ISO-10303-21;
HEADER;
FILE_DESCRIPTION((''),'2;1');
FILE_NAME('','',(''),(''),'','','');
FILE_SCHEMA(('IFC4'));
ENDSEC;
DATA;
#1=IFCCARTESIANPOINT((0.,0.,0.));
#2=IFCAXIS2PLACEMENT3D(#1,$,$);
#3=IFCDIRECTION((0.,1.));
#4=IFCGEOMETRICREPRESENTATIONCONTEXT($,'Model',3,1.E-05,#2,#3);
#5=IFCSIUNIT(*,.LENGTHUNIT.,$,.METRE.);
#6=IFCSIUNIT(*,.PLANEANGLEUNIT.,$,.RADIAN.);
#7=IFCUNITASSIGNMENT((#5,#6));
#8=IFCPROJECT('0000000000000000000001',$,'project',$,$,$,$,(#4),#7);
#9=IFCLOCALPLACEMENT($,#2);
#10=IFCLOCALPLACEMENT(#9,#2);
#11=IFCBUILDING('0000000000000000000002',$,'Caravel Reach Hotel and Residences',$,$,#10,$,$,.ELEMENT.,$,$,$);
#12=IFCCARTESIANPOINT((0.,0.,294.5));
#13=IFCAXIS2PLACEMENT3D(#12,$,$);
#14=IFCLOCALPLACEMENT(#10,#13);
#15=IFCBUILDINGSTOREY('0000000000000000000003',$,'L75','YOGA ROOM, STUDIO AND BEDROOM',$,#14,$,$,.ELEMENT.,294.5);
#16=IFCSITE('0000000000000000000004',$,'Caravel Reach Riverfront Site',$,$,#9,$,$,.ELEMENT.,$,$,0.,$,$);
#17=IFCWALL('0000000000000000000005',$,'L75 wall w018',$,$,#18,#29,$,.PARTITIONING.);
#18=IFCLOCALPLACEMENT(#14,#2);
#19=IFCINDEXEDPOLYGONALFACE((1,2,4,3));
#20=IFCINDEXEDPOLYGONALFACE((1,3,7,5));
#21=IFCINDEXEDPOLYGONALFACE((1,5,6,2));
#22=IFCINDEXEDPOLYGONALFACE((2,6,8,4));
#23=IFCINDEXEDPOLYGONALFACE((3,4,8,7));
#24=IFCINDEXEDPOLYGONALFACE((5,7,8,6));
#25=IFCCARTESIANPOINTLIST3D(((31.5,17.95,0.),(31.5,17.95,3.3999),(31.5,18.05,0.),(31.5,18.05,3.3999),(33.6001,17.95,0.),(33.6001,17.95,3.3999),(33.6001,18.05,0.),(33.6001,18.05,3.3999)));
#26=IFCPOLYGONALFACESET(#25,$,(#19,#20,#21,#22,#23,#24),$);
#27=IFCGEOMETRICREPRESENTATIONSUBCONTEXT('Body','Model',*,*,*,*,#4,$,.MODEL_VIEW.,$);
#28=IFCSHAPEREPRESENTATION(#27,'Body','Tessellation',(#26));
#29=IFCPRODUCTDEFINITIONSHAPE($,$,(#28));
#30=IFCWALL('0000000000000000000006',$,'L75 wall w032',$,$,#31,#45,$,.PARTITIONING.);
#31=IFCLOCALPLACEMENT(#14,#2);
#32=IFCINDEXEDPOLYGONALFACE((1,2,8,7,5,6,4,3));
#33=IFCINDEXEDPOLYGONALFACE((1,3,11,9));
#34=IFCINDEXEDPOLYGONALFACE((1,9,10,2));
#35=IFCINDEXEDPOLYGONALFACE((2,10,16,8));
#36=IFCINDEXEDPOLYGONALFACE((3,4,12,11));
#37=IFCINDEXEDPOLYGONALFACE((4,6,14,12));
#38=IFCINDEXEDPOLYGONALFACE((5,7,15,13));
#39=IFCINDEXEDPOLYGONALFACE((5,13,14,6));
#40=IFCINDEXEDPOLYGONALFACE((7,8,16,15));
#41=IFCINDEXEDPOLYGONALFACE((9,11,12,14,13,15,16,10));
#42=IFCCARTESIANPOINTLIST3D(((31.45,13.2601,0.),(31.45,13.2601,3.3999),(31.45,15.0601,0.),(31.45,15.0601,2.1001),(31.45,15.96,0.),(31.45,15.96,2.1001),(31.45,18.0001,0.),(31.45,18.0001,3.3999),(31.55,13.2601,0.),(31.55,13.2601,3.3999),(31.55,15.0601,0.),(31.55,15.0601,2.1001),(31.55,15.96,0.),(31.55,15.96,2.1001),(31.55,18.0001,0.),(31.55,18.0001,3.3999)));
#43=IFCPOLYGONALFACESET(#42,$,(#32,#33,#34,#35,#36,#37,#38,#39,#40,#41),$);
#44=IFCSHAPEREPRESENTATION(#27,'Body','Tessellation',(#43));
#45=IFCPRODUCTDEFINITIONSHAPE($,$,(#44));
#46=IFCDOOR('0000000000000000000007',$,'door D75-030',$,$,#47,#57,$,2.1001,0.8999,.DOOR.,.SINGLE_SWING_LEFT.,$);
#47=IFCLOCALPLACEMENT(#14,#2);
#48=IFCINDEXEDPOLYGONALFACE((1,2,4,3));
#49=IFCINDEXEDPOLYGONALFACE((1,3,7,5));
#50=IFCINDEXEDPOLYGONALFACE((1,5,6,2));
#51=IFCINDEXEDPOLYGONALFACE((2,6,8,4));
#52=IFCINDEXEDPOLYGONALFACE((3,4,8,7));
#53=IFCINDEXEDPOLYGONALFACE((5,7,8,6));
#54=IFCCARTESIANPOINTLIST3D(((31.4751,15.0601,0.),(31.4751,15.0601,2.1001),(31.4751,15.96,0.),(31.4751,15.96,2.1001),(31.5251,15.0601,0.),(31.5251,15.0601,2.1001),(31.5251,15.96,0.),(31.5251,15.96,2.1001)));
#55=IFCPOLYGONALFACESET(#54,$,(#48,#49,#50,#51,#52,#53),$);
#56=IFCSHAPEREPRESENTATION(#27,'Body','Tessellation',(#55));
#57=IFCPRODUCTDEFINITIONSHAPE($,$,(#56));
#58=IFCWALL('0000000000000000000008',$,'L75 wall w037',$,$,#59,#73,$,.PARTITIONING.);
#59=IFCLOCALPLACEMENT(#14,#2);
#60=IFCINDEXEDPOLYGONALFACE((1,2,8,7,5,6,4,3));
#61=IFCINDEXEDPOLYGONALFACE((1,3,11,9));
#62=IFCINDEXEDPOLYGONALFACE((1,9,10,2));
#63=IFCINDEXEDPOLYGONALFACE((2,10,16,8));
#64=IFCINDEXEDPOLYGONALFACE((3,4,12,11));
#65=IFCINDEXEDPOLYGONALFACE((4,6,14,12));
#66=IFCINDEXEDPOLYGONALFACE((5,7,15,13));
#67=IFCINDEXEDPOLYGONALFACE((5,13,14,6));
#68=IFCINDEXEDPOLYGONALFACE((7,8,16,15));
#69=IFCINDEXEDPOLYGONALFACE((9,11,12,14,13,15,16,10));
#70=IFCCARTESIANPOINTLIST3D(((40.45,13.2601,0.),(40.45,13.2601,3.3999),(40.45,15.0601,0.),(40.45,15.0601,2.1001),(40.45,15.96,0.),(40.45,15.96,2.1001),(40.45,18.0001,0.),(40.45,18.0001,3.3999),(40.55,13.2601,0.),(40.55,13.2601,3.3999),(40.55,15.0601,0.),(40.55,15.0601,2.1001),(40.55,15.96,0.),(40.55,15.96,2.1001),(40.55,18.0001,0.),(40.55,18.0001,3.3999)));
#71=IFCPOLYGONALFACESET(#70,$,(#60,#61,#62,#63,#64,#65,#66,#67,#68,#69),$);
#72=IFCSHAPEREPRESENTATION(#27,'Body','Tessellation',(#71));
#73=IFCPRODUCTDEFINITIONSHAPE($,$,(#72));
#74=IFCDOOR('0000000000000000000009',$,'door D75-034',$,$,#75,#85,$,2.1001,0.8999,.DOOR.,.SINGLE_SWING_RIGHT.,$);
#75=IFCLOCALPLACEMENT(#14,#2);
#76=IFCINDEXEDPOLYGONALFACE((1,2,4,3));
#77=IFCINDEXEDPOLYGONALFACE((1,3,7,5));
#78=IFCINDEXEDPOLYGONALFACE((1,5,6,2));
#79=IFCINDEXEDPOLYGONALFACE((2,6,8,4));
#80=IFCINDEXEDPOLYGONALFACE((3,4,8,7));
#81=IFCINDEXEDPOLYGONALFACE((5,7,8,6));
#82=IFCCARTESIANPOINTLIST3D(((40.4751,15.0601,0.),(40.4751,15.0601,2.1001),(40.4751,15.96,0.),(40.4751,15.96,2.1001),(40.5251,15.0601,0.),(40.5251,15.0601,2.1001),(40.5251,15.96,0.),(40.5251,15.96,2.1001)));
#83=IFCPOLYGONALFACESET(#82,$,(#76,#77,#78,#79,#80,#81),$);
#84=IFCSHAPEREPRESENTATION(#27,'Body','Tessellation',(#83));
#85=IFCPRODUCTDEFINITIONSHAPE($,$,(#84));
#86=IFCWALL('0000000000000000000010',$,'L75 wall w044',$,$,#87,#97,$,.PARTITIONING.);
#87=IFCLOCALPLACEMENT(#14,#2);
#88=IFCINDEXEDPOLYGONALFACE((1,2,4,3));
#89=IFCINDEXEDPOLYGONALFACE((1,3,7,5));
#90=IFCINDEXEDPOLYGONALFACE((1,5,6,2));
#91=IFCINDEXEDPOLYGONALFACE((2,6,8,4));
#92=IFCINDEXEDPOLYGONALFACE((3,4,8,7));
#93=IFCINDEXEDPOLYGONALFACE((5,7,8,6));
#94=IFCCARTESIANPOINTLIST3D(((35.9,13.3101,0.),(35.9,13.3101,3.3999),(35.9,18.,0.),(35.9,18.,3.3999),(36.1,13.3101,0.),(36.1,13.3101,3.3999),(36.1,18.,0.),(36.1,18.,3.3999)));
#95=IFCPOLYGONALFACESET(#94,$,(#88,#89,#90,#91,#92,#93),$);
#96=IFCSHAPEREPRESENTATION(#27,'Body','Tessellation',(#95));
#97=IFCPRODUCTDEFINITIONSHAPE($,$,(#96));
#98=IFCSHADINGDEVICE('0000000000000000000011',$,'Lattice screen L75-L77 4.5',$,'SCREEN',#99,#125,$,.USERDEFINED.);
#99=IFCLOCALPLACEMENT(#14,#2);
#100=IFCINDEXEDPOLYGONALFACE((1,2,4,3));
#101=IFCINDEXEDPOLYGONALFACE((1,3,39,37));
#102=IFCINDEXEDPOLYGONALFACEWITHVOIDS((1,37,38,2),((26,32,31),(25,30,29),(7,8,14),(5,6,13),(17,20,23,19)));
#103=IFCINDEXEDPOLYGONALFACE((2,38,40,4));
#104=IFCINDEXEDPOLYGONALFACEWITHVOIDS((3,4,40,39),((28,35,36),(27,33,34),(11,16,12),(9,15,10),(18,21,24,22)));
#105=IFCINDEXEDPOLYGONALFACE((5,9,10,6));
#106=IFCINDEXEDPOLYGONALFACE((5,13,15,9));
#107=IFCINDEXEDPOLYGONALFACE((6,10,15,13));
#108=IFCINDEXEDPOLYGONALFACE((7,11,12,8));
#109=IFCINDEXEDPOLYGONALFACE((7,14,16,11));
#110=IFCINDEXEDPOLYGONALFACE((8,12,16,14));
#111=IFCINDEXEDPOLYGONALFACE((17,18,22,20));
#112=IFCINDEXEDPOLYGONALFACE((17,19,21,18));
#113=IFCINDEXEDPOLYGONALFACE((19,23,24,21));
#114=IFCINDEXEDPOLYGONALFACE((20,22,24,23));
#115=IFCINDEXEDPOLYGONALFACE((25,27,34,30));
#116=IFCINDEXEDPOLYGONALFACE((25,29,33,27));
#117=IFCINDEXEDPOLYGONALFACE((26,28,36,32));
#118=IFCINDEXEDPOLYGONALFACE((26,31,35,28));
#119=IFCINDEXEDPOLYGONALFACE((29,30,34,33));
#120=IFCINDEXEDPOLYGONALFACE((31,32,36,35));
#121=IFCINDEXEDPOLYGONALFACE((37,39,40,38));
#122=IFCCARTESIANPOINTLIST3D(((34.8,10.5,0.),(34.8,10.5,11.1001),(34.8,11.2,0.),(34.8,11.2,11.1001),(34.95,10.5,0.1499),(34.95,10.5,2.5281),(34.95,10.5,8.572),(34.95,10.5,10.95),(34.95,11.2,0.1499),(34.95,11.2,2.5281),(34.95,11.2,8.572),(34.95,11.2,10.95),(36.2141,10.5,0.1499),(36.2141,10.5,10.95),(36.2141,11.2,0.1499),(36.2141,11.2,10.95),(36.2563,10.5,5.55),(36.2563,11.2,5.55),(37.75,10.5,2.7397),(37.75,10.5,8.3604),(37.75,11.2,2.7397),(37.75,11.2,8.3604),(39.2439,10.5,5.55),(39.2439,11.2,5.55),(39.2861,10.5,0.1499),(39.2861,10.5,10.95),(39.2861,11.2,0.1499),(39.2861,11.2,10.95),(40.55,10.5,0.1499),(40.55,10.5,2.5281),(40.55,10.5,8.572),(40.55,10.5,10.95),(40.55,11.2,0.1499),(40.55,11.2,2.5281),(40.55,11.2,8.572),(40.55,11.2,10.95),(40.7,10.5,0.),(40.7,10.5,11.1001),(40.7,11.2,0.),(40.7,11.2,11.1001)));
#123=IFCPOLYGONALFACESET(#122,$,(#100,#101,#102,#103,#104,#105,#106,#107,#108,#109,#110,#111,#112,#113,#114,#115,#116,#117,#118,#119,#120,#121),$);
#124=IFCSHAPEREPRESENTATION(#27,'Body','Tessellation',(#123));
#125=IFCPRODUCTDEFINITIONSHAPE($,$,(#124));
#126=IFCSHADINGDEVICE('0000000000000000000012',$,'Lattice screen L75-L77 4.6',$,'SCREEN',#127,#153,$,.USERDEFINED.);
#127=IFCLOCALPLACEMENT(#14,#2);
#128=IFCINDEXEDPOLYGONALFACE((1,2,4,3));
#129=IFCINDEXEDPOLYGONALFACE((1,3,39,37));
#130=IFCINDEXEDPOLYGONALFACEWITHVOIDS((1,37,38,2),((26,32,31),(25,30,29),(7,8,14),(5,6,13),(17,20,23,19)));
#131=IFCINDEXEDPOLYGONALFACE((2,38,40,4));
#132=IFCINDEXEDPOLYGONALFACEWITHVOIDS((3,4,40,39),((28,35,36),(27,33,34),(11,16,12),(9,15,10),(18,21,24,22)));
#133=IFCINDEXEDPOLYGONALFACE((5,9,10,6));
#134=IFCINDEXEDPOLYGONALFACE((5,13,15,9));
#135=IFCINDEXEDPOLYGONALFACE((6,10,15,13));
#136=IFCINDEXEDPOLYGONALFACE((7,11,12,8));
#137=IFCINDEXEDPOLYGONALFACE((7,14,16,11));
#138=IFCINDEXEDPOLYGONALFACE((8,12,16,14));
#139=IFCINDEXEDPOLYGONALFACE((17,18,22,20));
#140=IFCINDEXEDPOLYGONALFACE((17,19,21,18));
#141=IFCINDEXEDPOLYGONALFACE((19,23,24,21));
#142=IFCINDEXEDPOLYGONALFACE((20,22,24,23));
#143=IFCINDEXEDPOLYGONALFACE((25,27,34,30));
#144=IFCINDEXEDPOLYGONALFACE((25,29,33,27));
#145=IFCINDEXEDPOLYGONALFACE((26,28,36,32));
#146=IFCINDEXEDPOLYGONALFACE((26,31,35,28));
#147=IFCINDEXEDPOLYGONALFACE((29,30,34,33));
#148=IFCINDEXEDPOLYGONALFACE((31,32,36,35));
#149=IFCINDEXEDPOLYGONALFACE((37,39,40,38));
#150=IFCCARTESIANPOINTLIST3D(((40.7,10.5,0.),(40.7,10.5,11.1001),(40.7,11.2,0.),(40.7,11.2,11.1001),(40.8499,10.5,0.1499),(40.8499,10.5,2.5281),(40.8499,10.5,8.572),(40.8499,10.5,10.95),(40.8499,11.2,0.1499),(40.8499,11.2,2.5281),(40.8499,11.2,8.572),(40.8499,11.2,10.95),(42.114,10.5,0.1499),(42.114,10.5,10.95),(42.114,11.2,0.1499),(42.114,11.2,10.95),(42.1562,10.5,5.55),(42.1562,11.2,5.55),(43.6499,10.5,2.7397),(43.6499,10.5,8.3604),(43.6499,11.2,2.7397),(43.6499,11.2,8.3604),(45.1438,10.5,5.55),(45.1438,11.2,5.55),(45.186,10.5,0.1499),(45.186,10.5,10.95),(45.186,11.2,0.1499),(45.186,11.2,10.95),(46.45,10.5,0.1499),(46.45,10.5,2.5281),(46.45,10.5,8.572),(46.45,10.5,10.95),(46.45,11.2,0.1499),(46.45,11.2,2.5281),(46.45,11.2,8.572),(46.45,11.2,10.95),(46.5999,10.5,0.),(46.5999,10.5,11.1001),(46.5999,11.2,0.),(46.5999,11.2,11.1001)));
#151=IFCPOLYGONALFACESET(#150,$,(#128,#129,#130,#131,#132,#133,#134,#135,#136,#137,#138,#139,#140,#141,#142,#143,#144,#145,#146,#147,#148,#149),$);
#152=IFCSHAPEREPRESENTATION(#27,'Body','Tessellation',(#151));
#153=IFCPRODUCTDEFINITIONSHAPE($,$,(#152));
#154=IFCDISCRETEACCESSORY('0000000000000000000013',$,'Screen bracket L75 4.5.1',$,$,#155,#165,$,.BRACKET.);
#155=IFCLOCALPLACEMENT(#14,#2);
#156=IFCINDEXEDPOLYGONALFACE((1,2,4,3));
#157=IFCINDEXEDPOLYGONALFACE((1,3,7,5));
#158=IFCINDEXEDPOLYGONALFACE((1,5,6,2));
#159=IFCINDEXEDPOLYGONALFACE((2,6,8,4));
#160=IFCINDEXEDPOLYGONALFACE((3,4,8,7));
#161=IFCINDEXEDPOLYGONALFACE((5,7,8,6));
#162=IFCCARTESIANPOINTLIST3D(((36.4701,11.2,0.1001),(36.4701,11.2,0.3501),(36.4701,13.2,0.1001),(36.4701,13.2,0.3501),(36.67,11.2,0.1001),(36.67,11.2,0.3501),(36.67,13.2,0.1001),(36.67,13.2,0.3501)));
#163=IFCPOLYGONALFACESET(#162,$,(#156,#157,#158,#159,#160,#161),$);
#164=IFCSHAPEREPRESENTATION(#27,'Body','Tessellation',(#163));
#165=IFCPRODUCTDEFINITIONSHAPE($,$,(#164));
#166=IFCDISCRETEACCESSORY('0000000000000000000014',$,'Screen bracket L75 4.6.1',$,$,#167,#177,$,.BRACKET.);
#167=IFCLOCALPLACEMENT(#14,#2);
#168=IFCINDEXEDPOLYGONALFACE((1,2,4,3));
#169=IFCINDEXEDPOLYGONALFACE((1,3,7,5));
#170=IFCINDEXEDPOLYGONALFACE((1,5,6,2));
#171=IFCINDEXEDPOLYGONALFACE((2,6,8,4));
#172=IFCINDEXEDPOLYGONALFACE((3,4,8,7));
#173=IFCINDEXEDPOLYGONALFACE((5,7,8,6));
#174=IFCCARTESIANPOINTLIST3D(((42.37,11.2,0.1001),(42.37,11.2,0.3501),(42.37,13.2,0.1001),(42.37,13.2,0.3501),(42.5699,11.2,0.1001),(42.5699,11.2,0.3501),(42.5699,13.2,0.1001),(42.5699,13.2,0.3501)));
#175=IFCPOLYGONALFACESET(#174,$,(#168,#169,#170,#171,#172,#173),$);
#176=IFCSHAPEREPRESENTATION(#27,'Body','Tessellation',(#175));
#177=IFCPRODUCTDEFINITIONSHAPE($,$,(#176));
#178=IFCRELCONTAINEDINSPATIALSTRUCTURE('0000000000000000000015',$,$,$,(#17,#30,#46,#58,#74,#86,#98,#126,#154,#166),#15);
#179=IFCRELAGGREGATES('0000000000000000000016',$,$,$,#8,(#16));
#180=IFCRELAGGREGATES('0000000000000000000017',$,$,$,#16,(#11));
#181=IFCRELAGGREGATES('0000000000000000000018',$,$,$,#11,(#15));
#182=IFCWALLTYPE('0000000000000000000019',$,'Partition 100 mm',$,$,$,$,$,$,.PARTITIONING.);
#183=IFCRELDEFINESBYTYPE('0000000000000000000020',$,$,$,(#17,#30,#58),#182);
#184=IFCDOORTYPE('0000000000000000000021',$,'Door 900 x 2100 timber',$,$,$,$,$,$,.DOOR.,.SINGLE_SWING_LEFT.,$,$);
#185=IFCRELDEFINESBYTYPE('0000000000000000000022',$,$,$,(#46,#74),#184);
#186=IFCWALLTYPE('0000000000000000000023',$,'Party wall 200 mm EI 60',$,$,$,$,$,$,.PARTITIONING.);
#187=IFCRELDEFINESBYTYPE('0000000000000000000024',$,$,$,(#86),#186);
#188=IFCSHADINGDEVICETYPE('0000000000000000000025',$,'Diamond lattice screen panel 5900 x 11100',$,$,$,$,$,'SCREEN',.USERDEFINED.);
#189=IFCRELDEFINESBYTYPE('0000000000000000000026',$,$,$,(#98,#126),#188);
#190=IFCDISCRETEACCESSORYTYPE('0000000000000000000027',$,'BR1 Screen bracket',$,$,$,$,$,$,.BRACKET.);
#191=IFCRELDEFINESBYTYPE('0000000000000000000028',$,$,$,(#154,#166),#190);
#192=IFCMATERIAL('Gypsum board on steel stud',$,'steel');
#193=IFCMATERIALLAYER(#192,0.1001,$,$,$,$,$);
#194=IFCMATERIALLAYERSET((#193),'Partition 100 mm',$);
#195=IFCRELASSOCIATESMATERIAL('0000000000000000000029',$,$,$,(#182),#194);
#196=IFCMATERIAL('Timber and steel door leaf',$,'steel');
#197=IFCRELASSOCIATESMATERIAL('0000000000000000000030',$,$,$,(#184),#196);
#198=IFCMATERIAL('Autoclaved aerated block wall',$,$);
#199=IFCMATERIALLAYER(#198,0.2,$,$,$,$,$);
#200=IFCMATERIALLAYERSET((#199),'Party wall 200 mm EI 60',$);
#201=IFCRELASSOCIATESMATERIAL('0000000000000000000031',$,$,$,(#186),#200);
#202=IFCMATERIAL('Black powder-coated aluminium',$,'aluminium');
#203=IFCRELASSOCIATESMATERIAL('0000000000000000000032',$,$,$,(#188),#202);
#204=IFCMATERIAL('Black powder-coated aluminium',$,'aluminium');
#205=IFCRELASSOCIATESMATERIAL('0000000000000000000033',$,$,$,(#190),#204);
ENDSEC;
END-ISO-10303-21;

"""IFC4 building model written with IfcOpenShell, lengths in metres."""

from ifc_helpers import new_model, si_unit, direction, frame, frame_2d, origin, origin_2d, place, context, subcontext, project, spatial, polyline, rectangle, outline, extrude, material, layer, layer_set, type_object, element, fill, save


model = new_model("IFC4")

# Units and contexts
model_context = context("Model", 3, precision=1e-05, world=origin(), true_north=direction((0.0, 1.0)))
body_context = subcontext(model_context, "Body", "Model", "MODEL_VIEW")
ifc_project = project(units=[si_unit("LENGTHUNIT", "METRE"), si_unit("PLANEANGLEUNIT", "RADIAN")], contexts=[model_context])

# Site, building, storey
site_placement = place(None, origin())
site = spatial("IfcSite", under=ifc_project, at=site_placement, Name="Caravel Reach Riverfront Site", CompositionType="ELEMENT", RefElevation=0.0)
building_placement = place(site_placement, origin())
building = spatial("IfcBuilding", under=site, at=building_placement, Name="Caravel Reach Hotel and Residences", CompositionType="ELEMENT")
storey_placement = place(building_placement, frame((0.0, 0.0, 294.5)))
storey = spatial("IfcBuildingStorey", under=building, at=storey_placement, Name="L75", Description="YOGA ROOM, STUDIO AND BEDROOM", CompositionType="ELEMENT", Elevation=294.5)

# Wall
ifc_material_1 = material(Name="Gypsum board on steel stud", Category="steel")
ifc_layer_1 = layer(ifc_material_1, 0.1001)
ifc_layer_set_1 = layer_set([ifc_layer_1], Name="Partition 100 mm")
wall_type_1 = type_object("IfcWallType", Name="Partition 100 mm", PredefinedType="PARTITIONING", material=ifc_layer_set_1)
wall_1_placement = place(storey_placement, frame((31.5, 18.0, 0.0), z_axis=(0.0, 0.0, 1.0), x_axis=(1.0, 0.0, 0.0)))
element("IfcWall", 1, at=wall_1_placement, inside=storey, type_object=wall_type_1, Name="L75 wall w018", PredefinedType="PARTITIONING", context=body_context, shape_type="SweptSolid", body=[
    extrude(rectangle(XDim=2.1001, YDim=0.1001, at=frame_2d((1.05, 0.0))), origin(), (0.0, 0.0, 1.0), 3.3999),
])

# Walls, openings, doors
wall_2_placement = place(storey_placement, frame((31.5, 13.26, 0.0), z_axis=(0.0, 0.0, 1.0), x_axis=(0.0, 1.0, 0.0)))
wall_2 = element("IfcWall", 2, at=wall_2_placement, inside=storey, type_object=wall_type_1, Name="L75 wall w032", PredefinedType="PARTITIONING", context=body_context, shape_type="SweptSolid", body=[
    extrude(rectangle(XDim=4.74, YDim=0.1001, at=frame_2d((2.3701, 0.0))), origin(), (0.0, 0.0, 1.0), 3.3999),
])
opening_1_placement = place(wall_2_placement, frame((1.8, 0.0, 0.0)))
opening_1 = element("IfcOpeningElement", 3, at=opening_1_placement, cuts=wall_2, PredefinedType="OPENING", context=body_context, shape_type="SweptSolid", body=[
    extrude(rectangle(XDim=0.8999, YDim=2.1001, at=frame_2d((0.45, 1.05))), frame((0.0, 0.0601, 0.0), z_axis=(0.0, -1.0, 0.0), x_axis=(1.0, 0.0, 0.0)), (0.0, 0.0, 1.0), 0.1201),
])
ifc_material_2 = material(Name="Timber and steel door leaf", Category="steel")
door_type_1 = type_object("IfcDoorType", Name="Door 900 x 2100 timber", OperationType="SINGLE_SWING_LEFT", PredefinedType="DOOR", material=ifc_material_2)
door_1_placement = place(opening_1_placement, origin())
door_1 = element("IfcDoor", 4, at=door_1_placement, inside=storey, type_object=door_type_1, Name="door D75-030", OperationType="SINGLE_SWING_LEFT", OverallHeight=2.1001, OverallWidth=0.8999, PredefinedType="DOOR", context=body_context, shape_type="SweptSolid", body=[
    extrude(rectangle(XDim=0.8999, YDim=2.1001, at=frame_2d((0.45, 1.05))), frame((0.0, 0.0249, 0.0), z_axis=(0.0, -1.0, 0.0), x_axis=(1.0, 0.0, 0.0)), (0.0, 0.0, 1.0), 0.05),
])
fill(opening_1, door_1)
wall_3_placement = place(storey_placement, frame((40.5, 13.26, 0.0), z_axis=(0.0, 0.0, 1.0), x_axis=(0.0, 1.0, 0.0)))
wall_3 = element("IfcWall", 5, at=wall_3_placement, inside=storey, type_object=wall_type_1, Name="L75 wall w037", PredefinedType="PARTITIONING", context=body_context, shape_type="SweptSolid", body=[
    extrude(rectangle(XDim=4.74, YDim=0.1001, at=frame_2d((2.3701, 0.0))), origin(), (0.0, 0.0, 1.0), 3.3999),
])
opening_2_placement = place(wall_3_placement, frame((1.8, 0.0, 0.0)))
opening_2 = element("IfcOpeningElement", 6, at=opening_2_placement, cuts=wall_3, PredefinedType="OPENING", context=body_context, shape_type="SweptSolid", body=[
    extrude(rectangle(XDim=0.8999, YDim=2.1001, at=frame_2d((0.45, 1.05))), frame((0.0, 0.0601, 0.0), z_axis=(0.0, -1.0, 0.0), x_axis=(1.0, 0.0, 0.0)), (0.0, 0.0, 1.0), 0.1201),
])
door_2_placement = place(opening_2_placement, origin())
door_2 = element("IfcDoor", 7, at=door_2_placement, inside=storey, type_object=door_type_1, Name="door D75-034", OperationType="SINGLE_SWING_RIGHT", OverallHeight=2.1001, OverallWidth=0.8999, PredefinedType="DOOR", context=body_context, shape_type="SweptSolid", body=[
    extrude(rectangle(XDim=0.8999, YDim=2.1001, at=frame_2d((0.45, 1.05))), frame((0.0, 0.0249, 0.0), z_axis=(0.0, -1.0, 0.0), x_axis=(1.0, 0.0, 0.0)), (0.0, 0.0, 1.0), 0.05),
])
fill(opening_2, door_2)

# Wall
ifc_material_3 = material(Name="Autoclaved aerated block wall")
ifc_layer_2 = layer(ifc_material_3, 0.2)
ifc_layer_set_2 = layer_set([ifc_layer_2], Name="Party wall 200 mm EI 60")
wall_type_2 = type_object("IfcWallType", Name="Party wall 200 mm EI 60", PredefinedType="PARTITIONING", material=ifc_layer_set_2)
wall_4_placement = place(storey_placement, frame((36.0, 13.3101, 0.0), z_axis=(0.0, 0.0, 1.0), x_axis=(0.0, 1.0, 0.0)))
element("IfcWall", 8, at=wall_4_placement, inside=storey, type_object=wall_type_2, Name="L75 wall w044", PredefinedType="PARTITIONING", context=body_context, shape_type="SweptSolid", body=[
    extrude(rectangle(XDim=4.6899, YDim=0.2, at=frame_2d((2.345, 0.0))), origin(), (0.0, 0.0, 1.0), 3.3999),
])

# Shading devices
ifc_material_4 = material(Name="Black powder-coated aluminium", Category="aluminium")
shading_device_type = type_object("IfcShadingDeviceType", Name="Diamond lattice screen panel 5900 x 11100", ElementType="SCREEN", PredefinedType="USERDEFINED", material=ifc_material_4)
for number, where, z_axis, x_axis, name in (
    (9, (34.8, 11.2, 0.0), (0.0, -1.0, 0.0), (1.0, 0.0, 0.0), "Lattice screen L75-L77 4.5"),
    (10, (40.7, 11.2, 0.0), (0.0, -1.0, 0.0), (1.0, 0.0, 0.0), "Lattice screen L75-L77 4.6"),
):
    element("IfcShadingDevice", number, at=place(storey_placement, frame(where, z_axis=z_axis, x_axis=x_axis)), inside=storey, type_object=shading_device_type, Name=name, ObjectType="SCREEN", PredefinedType="USERDEFINED", context=body_context, shape_type="SweptSolid", body=[
        extrude(outline(polyline([(0.0, 0.0), (5.8999, 0.0), (5.8999, 11.1001), (0.0, 11.1001), (0.0, 0.0)]), holes=[polyline([(1.4141, 0.1499), (0.1499, 2.5281), (0.1499, 0.1499), (1.4141, 0.1499)]), polyline([(0.1499, 8.572), (1.4141, 10.95), (0.1499, 10.95), (0.1499, 8.572)]), polyline([(2.95, 8.3604), (1.4563, 5.55), (2.95, 2.7397), (4.4438, 5.55), (2.95, 8.3604)]), polyline([(5.75, 2.5281), (4.4861, 0.1499), (5.75, 0.1499), (5.75, 2.5281)]), polyline([(4.4861, 10.95), (5.75, 8.572), (5.75, 10.95), (4.4861, 10.95)])]), origin(), (0.0, 0.0, 1.0), 0.7),
    ])

# Discrete accessories
ifc_material_5 = material(Name="Black powder-coated aluminium", Category="aluminium")
discrete_accessory_type = type_object("IfcDiscreteAccessoryType", Name="BR1 Screen bracket", PredefinedType="BRACKET", material=ifc_material_5)
for number, where, z_axis, x_axis, name in (
    (11, (36.5701, 12.2, 0.1001), (0.0, 0.0, 1.0), (0.0, -1.0, 0.0), "Screen bracket L75 4.5.1"),
    (12, (42.47, 12.2, 0.1001), (0.0, 0.0, 1.0), (0.0, -1.0, 0.0), "Screen bracket L75 4.6.1"),
):
    element("IfcDiscreteAccessory", number, at=place(storey_placement, frame(where, z_axis=z_axis, x_axis=x_axis)), inside=storey, type_object=discrete_accessory_type, Name=name, PredefinedType="BRACKET", context=body_context, shape_type="SweptSolid", body=[
        extrude(rectangle(XDim=2.0, YDim=0.2, at=origin_2d()), origin(), (0.0, 0.0, 1.0), 0.25),
    ])

save(model, "model.ifc")
